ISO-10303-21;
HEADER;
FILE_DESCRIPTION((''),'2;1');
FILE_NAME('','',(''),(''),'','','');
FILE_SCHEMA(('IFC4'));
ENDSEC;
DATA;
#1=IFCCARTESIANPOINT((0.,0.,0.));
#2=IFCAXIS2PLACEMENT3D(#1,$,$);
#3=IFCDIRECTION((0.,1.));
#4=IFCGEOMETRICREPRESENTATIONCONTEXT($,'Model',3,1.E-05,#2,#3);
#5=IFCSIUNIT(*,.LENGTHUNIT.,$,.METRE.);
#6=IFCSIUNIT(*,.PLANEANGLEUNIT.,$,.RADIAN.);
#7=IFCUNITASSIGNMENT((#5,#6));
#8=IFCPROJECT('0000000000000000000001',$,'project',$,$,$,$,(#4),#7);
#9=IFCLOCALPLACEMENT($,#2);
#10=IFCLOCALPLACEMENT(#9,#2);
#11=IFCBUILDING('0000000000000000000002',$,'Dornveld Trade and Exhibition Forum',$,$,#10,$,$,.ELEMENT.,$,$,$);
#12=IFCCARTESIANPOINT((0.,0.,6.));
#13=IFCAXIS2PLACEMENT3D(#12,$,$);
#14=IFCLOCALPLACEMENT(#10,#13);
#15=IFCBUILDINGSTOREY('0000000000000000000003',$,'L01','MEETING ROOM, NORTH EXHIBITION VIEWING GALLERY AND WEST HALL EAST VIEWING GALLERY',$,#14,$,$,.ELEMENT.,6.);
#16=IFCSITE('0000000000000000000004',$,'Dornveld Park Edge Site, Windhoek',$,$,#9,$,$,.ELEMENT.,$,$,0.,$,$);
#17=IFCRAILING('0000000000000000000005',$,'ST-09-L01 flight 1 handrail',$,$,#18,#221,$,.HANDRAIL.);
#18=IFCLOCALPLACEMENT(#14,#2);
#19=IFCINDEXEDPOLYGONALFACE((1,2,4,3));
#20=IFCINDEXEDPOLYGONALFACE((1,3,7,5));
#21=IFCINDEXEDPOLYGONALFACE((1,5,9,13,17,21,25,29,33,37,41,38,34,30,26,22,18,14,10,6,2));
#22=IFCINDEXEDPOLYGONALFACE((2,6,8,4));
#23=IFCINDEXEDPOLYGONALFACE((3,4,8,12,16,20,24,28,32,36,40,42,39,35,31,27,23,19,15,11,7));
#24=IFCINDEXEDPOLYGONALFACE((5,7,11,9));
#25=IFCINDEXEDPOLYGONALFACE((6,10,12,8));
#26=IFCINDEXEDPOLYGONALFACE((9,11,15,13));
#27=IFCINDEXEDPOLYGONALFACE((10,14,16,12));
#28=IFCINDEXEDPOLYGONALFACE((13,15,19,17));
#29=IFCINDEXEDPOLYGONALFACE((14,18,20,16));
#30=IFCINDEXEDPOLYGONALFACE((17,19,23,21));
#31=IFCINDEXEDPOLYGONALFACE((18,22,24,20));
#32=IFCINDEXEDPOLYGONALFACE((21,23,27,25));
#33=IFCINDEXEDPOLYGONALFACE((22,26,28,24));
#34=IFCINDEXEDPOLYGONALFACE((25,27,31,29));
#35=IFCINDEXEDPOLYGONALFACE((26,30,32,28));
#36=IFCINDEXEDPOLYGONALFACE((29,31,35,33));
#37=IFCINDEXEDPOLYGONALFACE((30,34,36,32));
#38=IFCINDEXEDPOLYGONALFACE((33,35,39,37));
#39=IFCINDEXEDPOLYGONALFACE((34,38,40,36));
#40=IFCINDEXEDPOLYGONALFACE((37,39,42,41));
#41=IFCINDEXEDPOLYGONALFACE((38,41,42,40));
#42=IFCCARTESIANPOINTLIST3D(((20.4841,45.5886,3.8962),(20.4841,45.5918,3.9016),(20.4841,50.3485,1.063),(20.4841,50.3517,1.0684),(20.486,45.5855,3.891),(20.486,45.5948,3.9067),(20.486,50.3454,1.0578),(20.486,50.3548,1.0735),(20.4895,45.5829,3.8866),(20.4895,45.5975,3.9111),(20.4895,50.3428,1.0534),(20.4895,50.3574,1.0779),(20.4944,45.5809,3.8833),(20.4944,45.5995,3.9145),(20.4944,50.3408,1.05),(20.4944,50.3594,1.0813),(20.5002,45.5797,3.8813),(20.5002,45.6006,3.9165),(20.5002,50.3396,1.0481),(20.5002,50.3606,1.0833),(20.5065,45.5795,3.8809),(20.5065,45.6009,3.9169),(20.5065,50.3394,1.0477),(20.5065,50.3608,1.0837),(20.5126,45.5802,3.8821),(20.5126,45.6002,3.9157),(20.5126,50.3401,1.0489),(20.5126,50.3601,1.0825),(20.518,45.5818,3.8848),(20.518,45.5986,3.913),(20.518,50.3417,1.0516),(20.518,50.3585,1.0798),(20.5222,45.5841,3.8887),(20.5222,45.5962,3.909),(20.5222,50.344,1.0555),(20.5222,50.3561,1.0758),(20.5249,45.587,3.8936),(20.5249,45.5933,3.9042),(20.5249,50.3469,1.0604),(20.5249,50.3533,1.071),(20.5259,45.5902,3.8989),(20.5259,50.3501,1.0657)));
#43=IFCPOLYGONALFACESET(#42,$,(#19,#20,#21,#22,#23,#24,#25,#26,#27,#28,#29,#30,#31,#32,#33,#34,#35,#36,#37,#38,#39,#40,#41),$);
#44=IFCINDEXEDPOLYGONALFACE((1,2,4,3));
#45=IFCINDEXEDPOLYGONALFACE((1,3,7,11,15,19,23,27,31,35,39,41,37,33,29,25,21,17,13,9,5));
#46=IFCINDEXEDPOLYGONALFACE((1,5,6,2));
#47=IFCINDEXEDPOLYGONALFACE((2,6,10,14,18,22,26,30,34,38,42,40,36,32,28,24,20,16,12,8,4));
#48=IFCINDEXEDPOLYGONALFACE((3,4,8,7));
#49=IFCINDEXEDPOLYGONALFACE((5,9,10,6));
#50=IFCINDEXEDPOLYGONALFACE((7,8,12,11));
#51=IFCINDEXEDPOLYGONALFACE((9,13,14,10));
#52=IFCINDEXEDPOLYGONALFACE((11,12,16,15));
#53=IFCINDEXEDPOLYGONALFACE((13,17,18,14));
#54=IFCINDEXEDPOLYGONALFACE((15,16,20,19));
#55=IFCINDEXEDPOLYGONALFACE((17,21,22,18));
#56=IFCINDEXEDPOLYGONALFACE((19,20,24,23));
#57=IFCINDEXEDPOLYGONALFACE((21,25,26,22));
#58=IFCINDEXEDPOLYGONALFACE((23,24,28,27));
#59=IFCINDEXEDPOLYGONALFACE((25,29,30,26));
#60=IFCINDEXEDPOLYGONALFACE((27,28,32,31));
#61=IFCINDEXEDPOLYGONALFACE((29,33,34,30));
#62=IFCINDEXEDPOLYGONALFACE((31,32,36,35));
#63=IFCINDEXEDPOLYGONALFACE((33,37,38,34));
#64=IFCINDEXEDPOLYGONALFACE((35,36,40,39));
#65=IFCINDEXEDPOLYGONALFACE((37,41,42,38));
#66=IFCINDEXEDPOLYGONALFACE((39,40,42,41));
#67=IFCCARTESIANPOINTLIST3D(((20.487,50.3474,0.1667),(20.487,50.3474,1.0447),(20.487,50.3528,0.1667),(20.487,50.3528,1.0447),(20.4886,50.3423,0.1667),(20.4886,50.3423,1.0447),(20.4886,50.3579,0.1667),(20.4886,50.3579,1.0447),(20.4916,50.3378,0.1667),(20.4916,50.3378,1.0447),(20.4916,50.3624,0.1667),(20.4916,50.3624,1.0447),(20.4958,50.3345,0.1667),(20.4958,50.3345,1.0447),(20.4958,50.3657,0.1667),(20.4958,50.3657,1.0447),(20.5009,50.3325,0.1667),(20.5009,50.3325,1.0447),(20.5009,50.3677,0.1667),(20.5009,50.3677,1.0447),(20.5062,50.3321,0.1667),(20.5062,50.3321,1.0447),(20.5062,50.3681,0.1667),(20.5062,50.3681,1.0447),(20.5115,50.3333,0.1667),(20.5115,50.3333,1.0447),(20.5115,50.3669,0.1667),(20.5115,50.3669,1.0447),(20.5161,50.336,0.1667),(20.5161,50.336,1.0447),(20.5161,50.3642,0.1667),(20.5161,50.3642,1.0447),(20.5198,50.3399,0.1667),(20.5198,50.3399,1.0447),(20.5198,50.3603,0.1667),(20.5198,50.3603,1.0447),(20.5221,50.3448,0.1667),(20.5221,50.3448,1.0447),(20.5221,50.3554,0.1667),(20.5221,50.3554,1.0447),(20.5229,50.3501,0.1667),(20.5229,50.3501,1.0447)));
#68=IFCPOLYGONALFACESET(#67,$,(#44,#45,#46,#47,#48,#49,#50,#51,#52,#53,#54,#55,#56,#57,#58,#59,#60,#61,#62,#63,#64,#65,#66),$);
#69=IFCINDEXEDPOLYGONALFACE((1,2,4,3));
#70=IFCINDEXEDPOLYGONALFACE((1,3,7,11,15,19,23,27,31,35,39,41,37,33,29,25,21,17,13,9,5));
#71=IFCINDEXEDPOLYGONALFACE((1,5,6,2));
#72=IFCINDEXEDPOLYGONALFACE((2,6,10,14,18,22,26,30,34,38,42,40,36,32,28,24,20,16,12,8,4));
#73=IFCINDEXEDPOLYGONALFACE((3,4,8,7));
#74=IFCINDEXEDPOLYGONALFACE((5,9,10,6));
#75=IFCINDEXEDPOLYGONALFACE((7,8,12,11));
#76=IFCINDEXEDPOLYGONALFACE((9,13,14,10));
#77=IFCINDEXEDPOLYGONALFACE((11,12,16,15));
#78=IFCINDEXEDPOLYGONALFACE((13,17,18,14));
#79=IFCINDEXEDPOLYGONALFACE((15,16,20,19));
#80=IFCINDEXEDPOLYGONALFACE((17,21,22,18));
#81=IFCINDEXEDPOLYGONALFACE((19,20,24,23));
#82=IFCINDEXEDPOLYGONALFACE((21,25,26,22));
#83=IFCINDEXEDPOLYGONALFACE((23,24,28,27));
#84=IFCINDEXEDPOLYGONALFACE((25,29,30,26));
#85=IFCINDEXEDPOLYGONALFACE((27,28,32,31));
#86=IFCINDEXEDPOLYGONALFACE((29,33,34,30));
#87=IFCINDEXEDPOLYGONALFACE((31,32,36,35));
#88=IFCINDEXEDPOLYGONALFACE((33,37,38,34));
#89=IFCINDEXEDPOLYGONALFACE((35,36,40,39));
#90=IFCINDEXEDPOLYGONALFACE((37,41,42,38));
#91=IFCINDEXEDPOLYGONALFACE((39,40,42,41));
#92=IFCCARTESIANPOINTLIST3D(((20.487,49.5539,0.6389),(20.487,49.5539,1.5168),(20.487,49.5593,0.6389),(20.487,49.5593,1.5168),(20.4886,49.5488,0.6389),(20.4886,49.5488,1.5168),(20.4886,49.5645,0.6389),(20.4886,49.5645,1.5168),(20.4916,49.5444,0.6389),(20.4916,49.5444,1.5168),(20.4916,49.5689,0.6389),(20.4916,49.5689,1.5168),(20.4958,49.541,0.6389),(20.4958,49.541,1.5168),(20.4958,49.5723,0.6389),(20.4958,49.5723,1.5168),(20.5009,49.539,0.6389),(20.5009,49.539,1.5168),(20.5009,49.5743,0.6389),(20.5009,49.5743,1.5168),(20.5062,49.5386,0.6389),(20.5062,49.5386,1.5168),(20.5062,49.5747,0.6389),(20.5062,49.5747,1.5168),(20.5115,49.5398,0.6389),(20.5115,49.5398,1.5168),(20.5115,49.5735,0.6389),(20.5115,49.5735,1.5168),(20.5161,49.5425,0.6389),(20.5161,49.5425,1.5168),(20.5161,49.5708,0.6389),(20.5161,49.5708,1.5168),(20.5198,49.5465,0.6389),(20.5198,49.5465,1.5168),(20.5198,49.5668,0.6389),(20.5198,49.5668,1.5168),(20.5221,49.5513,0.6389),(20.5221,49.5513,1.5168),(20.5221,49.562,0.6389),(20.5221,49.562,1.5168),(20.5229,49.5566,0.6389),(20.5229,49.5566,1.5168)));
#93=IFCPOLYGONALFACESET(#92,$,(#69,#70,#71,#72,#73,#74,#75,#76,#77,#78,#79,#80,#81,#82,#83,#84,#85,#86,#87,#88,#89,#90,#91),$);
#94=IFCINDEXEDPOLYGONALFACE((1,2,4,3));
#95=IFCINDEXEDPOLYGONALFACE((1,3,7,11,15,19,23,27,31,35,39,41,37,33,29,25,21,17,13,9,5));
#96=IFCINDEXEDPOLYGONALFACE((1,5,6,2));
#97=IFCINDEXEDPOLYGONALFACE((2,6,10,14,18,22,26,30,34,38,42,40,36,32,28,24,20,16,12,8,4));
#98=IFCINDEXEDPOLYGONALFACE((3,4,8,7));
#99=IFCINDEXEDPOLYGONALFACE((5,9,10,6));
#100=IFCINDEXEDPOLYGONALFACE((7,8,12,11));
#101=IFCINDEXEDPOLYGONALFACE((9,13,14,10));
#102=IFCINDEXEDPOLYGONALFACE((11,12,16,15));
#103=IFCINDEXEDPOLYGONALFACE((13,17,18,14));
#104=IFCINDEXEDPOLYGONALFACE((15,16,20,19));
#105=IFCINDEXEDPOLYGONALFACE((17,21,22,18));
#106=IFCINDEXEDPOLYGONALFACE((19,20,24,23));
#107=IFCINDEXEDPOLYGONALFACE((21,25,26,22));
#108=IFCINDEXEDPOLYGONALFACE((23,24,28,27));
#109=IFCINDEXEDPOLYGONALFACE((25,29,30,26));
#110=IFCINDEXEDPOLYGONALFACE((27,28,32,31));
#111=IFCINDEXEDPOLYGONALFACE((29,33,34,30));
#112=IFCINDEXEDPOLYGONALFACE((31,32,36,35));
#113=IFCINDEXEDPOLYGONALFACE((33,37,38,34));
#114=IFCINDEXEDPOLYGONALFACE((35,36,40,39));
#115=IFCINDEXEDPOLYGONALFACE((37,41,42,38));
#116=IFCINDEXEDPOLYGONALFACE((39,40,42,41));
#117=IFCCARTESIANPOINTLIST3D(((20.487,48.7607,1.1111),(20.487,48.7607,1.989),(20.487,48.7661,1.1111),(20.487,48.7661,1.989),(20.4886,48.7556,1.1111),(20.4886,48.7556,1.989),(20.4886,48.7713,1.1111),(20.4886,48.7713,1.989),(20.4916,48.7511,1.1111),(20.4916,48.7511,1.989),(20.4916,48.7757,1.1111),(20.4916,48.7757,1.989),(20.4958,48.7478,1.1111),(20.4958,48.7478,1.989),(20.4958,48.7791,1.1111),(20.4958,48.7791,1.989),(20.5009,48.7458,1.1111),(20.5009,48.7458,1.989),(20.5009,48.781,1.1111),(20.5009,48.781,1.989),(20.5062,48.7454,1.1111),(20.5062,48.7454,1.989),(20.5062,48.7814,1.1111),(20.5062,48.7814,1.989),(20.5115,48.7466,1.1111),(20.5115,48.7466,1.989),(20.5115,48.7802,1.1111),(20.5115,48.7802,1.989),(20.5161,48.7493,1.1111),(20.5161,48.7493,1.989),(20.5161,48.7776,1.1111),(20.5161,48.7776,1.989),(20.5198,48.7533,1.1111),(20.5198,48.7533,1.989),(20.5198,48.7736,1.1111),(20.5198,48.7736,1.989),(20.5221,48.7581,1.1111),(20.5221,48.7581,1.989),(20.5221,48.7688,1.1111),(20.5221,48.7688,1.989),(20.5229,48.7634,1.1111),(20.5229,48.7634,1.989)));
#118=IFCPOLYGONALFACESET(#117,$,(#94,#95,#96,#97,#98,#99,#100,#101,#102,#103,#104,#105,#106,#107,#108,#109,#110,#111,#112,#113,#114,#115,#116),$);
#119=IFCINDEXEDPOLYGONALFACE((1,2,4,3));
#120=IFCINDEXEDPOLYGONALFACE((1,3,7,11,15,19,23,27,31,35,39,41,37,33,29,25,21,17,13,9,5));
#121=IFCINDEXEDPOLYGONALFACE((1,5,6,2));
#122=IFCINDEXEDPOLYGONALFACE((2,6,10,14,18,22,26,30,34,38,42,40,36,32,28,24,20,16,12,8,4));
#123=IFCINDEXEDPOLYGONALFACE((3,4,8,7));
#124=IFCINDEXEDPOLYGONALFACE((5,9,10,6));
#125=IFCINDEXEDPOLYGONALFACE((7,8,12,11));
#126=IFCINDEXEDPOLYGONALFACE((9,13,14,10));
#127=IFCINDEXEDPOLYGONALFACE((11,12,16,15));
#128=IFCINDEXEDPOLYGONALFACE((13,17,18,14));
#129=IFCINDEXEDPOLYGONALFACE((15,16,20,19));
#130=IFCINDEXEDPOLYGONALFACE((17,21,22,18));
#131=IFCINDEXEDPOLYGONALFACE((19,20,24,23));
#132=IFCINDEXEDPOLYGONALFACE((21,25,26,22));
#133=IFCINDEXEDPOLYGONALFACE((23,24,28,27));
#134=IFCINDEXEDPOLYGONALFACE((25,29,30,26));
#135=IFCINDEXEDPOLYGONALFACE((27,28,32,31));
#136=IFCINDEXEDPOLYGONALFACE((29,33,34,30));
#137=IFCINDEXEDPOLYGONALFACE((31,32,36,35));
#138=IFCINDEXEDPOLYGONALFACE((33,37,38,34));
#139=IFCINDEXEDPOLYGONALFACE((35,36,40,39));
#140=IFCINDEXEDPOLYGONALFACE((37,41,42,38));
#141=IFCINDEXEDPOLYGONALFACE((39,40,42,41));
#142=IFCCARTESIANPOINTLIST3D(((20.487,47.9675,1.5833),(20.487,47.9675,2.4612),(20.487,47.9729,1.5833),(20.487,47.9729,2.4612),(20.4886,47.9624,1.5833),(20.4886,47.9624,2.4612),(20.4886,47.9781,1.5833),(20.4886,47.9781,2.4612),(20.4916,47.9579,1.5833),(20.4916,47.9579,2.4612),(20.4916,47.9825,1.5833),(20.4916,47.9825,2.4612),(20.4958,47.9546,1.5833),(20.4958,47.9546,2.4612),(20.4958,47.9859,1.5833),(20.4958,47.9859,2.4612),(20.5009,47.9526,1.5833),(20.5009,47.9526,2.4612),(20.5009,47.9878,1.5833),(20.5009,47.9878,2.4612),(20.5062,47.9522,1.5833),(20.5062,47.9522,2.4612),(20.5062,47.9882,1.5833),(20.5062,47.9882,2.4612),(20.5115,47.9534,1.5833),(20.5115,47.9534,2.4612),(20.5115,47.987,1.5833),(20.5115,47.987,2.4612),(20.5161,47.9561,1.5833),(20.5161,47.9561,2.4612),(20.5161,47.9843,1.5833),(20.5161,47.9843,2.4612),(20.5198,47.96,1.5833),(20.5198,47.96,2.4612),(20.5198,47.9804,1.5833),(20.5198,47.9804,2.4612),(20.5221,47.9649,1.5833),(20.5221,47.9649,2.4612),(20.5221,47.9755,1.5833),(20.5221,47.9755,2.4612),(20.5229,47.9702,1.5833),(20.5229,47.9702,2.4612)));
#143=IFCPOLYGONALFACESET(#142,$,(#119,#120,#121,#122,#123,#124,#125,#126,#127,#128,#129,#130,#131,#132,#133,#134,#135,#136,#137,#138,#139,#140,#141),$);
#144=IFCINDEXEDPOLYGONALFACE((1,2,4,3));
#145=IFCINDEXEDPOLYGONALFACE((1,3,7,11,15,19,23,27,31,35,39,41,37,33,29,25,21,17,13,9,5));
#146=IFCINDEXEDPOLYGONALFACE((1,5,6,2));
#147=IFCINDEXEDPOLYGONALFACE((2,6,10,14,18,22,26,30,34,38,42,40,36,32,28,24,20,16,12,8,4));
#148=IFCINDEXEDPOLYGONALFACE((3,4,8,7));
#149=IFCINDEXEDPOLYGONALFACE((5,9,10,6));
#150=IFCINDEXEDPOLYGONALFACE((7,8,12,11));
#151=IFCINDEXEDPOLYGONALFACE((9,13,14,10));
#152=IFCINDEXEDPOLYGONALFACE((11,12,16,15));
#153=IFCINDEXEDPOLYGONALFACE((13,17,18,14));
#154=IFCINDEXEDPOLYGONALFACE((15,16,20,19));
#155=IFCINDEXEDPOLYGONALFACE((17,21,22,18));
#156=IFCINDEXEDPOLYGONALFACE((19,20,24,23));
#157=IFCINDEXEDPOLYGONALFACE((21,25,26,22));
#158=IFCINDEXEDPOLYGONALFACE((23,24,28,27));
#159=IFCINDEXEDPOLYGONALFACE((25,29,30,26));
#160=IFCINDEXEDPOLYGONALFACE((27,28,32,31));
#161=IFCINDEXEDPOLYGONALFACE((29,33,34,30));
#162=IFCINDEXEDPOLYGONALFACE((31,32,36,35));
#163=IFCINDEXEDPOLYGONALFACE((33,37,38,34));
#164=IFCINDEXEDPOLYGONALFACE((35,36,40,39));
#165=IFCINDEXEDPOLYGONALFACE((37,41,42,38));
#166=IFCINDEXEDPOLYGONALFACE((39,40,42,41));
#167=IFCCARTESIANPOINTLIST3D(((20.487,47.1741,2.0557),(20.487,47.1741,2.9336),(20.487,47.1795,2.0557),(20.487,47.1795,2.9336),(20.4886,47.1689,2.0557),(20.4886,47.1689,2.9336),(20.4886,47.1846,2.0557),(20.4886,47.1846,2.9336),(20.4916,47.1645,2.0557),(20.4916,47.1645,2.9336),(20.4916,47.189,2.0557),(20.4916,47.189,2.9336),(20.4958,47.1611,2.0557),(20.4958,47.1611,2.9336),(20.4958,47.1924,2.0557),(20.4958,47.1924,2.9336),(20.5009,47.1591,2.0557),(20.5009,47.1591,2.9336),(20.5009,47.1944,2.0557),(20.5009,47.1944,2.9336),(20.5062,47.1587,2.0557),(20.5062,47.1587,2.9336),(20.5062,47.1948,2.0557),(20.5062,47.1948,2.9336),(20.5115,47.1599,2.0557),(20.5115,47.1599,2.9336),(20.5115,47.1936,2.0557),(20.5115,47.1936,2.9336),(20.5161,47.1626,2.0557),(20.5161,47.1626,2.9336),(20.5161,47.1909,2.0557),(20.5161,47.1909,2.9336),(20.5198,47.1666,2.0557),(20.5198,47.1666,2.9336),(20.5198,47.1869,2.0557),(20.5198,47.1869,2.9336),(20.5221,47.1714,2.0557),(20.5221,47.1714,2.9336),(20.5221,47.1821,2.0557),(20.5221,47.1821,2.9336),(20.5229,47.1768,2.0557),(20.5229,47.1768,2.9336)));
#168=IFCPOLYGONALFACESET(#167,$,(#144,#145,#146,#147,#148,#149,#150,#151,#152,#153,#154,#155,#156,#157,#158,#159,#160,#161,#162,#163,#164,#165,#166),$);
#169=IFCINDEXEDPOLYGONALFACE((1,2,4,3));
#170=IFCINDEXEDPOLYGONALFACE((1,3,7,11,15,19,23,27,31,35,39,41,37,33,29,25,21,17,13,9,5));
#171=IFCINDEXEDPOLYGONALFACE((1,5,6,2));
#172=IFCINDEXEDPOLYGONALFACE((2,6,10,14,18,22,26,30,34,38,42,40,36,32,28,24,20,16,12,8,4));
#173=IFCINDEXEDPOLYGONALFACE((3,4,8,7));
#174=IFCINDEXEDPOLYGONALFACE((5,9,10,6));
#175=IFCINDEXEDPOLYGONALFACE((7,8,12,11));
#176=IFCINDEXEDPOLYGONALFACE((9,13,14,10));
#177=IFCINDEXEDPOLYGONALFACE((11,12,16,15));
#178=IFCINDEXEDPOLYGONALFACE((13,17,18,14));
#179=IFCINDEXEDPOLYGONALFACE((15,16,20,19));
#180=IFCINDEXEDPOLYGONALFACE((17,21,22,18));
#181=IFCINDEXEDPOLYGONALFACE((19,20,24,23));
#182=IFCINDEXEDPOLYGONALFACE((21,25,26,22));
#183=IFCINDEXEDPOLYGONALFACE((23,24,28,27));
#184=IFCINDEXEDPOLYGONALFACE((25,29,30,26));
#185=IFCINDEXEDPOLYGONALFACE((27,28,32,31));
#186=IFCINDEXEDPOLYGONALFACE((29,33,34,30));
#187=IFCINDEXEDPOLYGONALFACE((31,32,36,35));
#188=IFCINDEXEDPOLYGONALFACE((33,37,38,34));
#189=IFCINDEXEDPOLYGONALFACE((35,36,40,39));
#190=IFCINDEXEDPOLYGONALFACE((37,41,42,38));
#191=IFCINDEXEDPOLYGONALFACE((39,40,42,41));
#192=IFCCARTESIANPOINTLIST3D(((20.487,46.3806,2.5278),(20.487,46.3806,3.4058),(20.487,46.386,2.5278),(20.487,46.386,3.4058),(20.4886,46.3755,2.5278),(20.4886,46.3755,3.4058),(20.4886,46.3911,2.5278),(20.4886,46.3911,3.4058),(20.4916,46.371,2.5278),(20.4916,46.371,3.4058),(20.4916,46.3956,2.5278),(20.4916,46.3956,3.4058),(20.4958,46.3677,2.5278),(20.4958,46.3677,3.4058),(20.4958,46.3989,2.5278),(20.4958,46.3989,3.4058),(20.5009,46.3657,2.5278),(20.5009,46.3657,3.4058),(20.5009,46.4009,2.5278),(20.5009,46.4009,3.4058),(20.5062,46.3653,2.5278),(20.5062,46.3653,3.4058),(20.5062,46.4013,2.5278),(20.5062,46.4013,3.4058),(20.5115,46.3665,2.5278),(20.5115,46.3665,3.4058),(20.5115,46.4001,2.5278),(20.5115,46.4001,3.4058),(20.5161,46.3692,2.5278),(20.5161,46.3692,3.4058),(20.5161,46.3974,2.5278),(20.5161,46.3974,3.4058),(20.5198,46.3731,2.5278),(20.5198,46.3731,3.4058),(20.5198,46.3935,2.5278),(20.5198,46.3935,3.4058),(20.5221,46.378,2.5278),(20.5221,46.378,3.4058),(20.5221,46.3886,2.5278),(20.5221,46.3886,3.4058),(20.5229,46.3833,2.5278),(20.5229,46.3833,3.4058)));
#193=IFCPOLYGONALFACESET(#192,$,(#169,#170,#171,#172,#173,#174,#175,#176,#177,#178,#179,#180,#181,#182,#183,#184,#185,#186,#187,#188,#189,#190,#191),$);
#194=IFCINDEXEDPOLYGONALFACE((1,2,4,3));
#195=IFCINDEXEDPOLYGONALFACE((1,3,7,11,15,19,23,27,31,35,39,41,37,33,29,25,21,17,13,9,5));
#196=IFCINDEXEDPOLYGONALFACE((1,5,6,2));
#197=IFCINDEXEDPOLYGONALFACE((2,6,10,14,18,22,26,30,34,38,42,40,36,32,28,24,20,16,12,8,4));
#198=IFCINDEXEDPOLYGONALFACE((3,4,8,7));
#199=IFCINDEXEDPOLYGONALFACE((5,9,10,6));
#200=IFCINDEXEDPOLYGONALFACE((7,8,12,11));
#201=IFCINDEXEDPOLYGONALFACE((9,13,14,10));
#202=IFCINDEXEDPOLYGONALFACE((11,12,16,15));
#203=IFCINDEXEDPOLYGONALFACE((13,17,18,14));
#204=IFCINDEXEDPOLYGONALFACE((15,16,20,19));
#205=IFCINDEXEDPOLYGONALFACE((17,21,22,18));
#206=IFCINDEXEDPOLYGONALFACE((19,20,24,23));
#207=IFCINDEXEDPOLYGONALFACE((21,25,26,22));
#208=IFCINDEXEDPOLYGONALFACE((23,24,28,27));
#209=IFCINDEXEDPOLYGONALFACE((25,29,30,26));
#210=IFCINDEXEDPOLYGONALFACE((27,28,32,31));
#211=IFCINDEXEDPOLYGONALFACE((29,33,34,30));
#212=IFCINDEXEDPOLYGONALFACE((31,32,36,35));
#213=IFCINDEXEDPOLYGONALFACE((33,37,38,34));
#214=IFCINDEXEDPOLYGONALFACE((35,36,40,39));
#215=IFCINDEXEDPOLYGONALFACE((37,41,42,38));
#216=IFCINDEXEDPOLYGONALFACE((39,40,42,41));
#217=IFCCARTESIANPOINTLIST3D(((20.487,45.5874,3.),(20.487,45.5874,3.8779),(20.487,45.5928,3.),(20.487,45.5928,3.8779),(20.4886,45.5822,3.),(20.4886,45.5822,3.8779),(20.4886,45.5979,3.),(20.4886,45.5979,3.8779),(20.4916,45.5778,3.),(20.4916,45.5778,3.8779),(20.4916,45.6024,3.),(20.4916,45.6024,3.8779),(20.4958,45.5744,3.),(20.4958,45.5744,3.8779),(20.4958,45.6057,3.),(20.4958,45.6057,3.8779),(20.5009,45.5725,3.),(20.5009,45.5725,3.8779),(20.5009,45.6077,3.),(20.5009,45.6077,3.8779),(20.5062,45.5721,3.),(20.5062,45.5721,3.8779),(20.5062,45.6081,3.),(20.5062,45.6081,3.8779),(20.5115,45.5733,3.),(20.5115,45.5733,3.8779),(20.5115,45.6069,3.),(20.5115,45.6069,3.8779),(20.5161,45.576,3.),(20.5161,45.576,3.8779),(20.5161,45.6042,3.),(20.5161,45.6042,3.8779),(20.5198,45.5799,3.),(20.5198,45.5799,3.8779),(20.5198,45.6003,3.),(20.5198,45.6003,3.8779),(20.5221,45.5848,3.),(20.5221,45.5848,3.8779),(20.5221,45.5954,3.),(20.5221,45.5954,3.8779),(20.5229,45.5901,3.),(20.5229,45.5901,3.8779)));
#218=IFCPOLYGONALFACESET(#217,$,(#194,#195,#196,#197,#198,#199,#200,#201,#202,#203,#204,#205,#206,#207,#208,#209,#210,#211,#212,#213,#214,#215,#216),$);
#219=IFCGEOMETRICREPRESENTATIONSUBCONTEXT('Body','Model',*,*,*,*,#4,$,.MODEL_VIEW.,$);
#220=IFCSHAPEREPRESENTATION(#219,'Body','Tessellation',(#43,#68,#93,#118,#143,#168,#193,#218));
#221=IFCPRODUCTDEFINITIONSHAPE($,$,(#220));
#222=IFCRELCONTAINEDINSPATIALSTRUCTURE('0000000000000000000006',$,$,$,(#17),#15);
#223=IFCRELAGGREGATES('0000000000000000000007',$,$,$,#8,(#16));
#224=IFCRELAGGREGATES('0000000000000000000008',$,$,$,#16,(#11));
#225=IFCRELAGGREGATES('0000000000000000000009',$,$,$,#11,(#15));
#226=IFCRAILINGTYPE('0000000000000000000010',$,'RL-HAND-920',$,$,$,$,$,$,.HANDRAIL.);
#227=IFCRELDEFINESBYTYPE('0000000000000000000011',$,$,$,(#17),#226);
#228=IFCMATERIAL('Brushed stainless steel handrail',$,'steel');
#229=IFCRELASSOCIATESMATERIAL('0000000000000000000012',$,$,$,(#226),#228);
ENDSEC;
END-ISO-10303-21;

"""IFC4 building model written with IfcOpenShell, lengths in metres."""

from ifc_helpers import new_model, si_unit, direction, frame, origin, origin_2d, place, context, subcontext, project, spatial, circle, extrude, material, type_object, element, save


model = new_model("IFC4")

# Units and contexts
model_context = context("Model", 3, precision=1e-05, world=origin(), true_north=direction((0.0, 1.0)))
body_context = subcontext(model_context, "Body", "Model", "MODEL_VIEW")
ifc_project = project(units=[si_unit("LENGTHUNIT", "METRE"), si_unit("PLANEANGLEUNIT", "RADIAN")], contexts=[model_context])

# Site, building, storey
site_placement = place(None, origin())
site = spatial("IfcSite", under=ifc_project, at=site_placement, Name="Dornveld Park Edge Site, Windhoek", CompositionType="ELEMENT", RefElevation=0.0)
building_placement = place(site_placement, origin())
building = spatial("IfcBuilding", under=site, at=building_placement, Name="Dornveld Trade and Exhibition Forum", CompositionType="ELEMENT")
storey_placement = place(building_placement, frame((0.0, 0.0, 6.0)))
storey = spatial("IfcBuildingStorey", under=building, at=storey_placement, Name="L01", Description="MEETING ROOM, NORTH EXHIBITION VIEWING GALLERY AND WEST HALL EAST VIEWING GALLERY", CompositionType="ELEMENT", Elevation=6.0)

# Railing
ifc_material_1 = material(Name="Brushed stainless steel handrail", Category="steel")
railing_type_1 = type_object("IfcRailingType", Name="RL-HAND-920", PredefinedType="HANDRAIL", material=ifc_material_1)
railing_1_placement = place(storey_placement, frame((20.5049, 50.3501, 0.1667)))
element("IfcRailing", 1, at=railing_1_placement, inside=storey, type_object=railing_type_1, Name="ST-09-L01 flight 1 handrail", PredefinedType="HANDRAIL", context=body_context, shape_type="SweptSolid", body=[
    extrude(circle(Radius=0.021, at=origin_2d()), frame((0.0, 0.0, 0.8989), z_axis=(0.0, -0.8593, 0.511472), x_axis=(1.0, 0.0, 0.0)), (0.0, 0.0, 1.0), 5.5393),
    extrude(circle(Radius=0.0181, at=origin_2d()), origin(), (0.0, 0.0, 1.0), 0.8779),
    extrude(circle(Radius=0.0181, at=origin_2d()), frame((0.0, -0.7935, 0.4722)), (0.0, 0.0, 1.0), 0.8779),
    extrude(circle(Radius=0.0181, at=origin_2d()), frame((0.0, -1.5867, 0.9443)), (0.0, 0.0, 1.0), 0.8779),
    extrude(circle(Radius=0.0181, at=origin_2d()), frame((0.0, -2.3799, 1.4165)), (0.0, 0.0, 1.0), 0.8779),
    extrude(circle(Radius=0.0181, at=origin_2d()), frame((0.0, -3.1733, 1.8889)), (0.0, 0.0, 1.0), 0.8779),
    extrude(circle(Radius=0.0181, at=origin_2d()), frame((0.0, -3.9668, 2.3611)), (0.0, 0.0, 1.0), 0.8779),
    extrude(circle(Radius=0.0181, at=origin_2d()), frame((0.0, -4.76, 2.8333)), (0.0, 0.0, 1.0), 0.8779),
])

save(model, "model.ifc")
